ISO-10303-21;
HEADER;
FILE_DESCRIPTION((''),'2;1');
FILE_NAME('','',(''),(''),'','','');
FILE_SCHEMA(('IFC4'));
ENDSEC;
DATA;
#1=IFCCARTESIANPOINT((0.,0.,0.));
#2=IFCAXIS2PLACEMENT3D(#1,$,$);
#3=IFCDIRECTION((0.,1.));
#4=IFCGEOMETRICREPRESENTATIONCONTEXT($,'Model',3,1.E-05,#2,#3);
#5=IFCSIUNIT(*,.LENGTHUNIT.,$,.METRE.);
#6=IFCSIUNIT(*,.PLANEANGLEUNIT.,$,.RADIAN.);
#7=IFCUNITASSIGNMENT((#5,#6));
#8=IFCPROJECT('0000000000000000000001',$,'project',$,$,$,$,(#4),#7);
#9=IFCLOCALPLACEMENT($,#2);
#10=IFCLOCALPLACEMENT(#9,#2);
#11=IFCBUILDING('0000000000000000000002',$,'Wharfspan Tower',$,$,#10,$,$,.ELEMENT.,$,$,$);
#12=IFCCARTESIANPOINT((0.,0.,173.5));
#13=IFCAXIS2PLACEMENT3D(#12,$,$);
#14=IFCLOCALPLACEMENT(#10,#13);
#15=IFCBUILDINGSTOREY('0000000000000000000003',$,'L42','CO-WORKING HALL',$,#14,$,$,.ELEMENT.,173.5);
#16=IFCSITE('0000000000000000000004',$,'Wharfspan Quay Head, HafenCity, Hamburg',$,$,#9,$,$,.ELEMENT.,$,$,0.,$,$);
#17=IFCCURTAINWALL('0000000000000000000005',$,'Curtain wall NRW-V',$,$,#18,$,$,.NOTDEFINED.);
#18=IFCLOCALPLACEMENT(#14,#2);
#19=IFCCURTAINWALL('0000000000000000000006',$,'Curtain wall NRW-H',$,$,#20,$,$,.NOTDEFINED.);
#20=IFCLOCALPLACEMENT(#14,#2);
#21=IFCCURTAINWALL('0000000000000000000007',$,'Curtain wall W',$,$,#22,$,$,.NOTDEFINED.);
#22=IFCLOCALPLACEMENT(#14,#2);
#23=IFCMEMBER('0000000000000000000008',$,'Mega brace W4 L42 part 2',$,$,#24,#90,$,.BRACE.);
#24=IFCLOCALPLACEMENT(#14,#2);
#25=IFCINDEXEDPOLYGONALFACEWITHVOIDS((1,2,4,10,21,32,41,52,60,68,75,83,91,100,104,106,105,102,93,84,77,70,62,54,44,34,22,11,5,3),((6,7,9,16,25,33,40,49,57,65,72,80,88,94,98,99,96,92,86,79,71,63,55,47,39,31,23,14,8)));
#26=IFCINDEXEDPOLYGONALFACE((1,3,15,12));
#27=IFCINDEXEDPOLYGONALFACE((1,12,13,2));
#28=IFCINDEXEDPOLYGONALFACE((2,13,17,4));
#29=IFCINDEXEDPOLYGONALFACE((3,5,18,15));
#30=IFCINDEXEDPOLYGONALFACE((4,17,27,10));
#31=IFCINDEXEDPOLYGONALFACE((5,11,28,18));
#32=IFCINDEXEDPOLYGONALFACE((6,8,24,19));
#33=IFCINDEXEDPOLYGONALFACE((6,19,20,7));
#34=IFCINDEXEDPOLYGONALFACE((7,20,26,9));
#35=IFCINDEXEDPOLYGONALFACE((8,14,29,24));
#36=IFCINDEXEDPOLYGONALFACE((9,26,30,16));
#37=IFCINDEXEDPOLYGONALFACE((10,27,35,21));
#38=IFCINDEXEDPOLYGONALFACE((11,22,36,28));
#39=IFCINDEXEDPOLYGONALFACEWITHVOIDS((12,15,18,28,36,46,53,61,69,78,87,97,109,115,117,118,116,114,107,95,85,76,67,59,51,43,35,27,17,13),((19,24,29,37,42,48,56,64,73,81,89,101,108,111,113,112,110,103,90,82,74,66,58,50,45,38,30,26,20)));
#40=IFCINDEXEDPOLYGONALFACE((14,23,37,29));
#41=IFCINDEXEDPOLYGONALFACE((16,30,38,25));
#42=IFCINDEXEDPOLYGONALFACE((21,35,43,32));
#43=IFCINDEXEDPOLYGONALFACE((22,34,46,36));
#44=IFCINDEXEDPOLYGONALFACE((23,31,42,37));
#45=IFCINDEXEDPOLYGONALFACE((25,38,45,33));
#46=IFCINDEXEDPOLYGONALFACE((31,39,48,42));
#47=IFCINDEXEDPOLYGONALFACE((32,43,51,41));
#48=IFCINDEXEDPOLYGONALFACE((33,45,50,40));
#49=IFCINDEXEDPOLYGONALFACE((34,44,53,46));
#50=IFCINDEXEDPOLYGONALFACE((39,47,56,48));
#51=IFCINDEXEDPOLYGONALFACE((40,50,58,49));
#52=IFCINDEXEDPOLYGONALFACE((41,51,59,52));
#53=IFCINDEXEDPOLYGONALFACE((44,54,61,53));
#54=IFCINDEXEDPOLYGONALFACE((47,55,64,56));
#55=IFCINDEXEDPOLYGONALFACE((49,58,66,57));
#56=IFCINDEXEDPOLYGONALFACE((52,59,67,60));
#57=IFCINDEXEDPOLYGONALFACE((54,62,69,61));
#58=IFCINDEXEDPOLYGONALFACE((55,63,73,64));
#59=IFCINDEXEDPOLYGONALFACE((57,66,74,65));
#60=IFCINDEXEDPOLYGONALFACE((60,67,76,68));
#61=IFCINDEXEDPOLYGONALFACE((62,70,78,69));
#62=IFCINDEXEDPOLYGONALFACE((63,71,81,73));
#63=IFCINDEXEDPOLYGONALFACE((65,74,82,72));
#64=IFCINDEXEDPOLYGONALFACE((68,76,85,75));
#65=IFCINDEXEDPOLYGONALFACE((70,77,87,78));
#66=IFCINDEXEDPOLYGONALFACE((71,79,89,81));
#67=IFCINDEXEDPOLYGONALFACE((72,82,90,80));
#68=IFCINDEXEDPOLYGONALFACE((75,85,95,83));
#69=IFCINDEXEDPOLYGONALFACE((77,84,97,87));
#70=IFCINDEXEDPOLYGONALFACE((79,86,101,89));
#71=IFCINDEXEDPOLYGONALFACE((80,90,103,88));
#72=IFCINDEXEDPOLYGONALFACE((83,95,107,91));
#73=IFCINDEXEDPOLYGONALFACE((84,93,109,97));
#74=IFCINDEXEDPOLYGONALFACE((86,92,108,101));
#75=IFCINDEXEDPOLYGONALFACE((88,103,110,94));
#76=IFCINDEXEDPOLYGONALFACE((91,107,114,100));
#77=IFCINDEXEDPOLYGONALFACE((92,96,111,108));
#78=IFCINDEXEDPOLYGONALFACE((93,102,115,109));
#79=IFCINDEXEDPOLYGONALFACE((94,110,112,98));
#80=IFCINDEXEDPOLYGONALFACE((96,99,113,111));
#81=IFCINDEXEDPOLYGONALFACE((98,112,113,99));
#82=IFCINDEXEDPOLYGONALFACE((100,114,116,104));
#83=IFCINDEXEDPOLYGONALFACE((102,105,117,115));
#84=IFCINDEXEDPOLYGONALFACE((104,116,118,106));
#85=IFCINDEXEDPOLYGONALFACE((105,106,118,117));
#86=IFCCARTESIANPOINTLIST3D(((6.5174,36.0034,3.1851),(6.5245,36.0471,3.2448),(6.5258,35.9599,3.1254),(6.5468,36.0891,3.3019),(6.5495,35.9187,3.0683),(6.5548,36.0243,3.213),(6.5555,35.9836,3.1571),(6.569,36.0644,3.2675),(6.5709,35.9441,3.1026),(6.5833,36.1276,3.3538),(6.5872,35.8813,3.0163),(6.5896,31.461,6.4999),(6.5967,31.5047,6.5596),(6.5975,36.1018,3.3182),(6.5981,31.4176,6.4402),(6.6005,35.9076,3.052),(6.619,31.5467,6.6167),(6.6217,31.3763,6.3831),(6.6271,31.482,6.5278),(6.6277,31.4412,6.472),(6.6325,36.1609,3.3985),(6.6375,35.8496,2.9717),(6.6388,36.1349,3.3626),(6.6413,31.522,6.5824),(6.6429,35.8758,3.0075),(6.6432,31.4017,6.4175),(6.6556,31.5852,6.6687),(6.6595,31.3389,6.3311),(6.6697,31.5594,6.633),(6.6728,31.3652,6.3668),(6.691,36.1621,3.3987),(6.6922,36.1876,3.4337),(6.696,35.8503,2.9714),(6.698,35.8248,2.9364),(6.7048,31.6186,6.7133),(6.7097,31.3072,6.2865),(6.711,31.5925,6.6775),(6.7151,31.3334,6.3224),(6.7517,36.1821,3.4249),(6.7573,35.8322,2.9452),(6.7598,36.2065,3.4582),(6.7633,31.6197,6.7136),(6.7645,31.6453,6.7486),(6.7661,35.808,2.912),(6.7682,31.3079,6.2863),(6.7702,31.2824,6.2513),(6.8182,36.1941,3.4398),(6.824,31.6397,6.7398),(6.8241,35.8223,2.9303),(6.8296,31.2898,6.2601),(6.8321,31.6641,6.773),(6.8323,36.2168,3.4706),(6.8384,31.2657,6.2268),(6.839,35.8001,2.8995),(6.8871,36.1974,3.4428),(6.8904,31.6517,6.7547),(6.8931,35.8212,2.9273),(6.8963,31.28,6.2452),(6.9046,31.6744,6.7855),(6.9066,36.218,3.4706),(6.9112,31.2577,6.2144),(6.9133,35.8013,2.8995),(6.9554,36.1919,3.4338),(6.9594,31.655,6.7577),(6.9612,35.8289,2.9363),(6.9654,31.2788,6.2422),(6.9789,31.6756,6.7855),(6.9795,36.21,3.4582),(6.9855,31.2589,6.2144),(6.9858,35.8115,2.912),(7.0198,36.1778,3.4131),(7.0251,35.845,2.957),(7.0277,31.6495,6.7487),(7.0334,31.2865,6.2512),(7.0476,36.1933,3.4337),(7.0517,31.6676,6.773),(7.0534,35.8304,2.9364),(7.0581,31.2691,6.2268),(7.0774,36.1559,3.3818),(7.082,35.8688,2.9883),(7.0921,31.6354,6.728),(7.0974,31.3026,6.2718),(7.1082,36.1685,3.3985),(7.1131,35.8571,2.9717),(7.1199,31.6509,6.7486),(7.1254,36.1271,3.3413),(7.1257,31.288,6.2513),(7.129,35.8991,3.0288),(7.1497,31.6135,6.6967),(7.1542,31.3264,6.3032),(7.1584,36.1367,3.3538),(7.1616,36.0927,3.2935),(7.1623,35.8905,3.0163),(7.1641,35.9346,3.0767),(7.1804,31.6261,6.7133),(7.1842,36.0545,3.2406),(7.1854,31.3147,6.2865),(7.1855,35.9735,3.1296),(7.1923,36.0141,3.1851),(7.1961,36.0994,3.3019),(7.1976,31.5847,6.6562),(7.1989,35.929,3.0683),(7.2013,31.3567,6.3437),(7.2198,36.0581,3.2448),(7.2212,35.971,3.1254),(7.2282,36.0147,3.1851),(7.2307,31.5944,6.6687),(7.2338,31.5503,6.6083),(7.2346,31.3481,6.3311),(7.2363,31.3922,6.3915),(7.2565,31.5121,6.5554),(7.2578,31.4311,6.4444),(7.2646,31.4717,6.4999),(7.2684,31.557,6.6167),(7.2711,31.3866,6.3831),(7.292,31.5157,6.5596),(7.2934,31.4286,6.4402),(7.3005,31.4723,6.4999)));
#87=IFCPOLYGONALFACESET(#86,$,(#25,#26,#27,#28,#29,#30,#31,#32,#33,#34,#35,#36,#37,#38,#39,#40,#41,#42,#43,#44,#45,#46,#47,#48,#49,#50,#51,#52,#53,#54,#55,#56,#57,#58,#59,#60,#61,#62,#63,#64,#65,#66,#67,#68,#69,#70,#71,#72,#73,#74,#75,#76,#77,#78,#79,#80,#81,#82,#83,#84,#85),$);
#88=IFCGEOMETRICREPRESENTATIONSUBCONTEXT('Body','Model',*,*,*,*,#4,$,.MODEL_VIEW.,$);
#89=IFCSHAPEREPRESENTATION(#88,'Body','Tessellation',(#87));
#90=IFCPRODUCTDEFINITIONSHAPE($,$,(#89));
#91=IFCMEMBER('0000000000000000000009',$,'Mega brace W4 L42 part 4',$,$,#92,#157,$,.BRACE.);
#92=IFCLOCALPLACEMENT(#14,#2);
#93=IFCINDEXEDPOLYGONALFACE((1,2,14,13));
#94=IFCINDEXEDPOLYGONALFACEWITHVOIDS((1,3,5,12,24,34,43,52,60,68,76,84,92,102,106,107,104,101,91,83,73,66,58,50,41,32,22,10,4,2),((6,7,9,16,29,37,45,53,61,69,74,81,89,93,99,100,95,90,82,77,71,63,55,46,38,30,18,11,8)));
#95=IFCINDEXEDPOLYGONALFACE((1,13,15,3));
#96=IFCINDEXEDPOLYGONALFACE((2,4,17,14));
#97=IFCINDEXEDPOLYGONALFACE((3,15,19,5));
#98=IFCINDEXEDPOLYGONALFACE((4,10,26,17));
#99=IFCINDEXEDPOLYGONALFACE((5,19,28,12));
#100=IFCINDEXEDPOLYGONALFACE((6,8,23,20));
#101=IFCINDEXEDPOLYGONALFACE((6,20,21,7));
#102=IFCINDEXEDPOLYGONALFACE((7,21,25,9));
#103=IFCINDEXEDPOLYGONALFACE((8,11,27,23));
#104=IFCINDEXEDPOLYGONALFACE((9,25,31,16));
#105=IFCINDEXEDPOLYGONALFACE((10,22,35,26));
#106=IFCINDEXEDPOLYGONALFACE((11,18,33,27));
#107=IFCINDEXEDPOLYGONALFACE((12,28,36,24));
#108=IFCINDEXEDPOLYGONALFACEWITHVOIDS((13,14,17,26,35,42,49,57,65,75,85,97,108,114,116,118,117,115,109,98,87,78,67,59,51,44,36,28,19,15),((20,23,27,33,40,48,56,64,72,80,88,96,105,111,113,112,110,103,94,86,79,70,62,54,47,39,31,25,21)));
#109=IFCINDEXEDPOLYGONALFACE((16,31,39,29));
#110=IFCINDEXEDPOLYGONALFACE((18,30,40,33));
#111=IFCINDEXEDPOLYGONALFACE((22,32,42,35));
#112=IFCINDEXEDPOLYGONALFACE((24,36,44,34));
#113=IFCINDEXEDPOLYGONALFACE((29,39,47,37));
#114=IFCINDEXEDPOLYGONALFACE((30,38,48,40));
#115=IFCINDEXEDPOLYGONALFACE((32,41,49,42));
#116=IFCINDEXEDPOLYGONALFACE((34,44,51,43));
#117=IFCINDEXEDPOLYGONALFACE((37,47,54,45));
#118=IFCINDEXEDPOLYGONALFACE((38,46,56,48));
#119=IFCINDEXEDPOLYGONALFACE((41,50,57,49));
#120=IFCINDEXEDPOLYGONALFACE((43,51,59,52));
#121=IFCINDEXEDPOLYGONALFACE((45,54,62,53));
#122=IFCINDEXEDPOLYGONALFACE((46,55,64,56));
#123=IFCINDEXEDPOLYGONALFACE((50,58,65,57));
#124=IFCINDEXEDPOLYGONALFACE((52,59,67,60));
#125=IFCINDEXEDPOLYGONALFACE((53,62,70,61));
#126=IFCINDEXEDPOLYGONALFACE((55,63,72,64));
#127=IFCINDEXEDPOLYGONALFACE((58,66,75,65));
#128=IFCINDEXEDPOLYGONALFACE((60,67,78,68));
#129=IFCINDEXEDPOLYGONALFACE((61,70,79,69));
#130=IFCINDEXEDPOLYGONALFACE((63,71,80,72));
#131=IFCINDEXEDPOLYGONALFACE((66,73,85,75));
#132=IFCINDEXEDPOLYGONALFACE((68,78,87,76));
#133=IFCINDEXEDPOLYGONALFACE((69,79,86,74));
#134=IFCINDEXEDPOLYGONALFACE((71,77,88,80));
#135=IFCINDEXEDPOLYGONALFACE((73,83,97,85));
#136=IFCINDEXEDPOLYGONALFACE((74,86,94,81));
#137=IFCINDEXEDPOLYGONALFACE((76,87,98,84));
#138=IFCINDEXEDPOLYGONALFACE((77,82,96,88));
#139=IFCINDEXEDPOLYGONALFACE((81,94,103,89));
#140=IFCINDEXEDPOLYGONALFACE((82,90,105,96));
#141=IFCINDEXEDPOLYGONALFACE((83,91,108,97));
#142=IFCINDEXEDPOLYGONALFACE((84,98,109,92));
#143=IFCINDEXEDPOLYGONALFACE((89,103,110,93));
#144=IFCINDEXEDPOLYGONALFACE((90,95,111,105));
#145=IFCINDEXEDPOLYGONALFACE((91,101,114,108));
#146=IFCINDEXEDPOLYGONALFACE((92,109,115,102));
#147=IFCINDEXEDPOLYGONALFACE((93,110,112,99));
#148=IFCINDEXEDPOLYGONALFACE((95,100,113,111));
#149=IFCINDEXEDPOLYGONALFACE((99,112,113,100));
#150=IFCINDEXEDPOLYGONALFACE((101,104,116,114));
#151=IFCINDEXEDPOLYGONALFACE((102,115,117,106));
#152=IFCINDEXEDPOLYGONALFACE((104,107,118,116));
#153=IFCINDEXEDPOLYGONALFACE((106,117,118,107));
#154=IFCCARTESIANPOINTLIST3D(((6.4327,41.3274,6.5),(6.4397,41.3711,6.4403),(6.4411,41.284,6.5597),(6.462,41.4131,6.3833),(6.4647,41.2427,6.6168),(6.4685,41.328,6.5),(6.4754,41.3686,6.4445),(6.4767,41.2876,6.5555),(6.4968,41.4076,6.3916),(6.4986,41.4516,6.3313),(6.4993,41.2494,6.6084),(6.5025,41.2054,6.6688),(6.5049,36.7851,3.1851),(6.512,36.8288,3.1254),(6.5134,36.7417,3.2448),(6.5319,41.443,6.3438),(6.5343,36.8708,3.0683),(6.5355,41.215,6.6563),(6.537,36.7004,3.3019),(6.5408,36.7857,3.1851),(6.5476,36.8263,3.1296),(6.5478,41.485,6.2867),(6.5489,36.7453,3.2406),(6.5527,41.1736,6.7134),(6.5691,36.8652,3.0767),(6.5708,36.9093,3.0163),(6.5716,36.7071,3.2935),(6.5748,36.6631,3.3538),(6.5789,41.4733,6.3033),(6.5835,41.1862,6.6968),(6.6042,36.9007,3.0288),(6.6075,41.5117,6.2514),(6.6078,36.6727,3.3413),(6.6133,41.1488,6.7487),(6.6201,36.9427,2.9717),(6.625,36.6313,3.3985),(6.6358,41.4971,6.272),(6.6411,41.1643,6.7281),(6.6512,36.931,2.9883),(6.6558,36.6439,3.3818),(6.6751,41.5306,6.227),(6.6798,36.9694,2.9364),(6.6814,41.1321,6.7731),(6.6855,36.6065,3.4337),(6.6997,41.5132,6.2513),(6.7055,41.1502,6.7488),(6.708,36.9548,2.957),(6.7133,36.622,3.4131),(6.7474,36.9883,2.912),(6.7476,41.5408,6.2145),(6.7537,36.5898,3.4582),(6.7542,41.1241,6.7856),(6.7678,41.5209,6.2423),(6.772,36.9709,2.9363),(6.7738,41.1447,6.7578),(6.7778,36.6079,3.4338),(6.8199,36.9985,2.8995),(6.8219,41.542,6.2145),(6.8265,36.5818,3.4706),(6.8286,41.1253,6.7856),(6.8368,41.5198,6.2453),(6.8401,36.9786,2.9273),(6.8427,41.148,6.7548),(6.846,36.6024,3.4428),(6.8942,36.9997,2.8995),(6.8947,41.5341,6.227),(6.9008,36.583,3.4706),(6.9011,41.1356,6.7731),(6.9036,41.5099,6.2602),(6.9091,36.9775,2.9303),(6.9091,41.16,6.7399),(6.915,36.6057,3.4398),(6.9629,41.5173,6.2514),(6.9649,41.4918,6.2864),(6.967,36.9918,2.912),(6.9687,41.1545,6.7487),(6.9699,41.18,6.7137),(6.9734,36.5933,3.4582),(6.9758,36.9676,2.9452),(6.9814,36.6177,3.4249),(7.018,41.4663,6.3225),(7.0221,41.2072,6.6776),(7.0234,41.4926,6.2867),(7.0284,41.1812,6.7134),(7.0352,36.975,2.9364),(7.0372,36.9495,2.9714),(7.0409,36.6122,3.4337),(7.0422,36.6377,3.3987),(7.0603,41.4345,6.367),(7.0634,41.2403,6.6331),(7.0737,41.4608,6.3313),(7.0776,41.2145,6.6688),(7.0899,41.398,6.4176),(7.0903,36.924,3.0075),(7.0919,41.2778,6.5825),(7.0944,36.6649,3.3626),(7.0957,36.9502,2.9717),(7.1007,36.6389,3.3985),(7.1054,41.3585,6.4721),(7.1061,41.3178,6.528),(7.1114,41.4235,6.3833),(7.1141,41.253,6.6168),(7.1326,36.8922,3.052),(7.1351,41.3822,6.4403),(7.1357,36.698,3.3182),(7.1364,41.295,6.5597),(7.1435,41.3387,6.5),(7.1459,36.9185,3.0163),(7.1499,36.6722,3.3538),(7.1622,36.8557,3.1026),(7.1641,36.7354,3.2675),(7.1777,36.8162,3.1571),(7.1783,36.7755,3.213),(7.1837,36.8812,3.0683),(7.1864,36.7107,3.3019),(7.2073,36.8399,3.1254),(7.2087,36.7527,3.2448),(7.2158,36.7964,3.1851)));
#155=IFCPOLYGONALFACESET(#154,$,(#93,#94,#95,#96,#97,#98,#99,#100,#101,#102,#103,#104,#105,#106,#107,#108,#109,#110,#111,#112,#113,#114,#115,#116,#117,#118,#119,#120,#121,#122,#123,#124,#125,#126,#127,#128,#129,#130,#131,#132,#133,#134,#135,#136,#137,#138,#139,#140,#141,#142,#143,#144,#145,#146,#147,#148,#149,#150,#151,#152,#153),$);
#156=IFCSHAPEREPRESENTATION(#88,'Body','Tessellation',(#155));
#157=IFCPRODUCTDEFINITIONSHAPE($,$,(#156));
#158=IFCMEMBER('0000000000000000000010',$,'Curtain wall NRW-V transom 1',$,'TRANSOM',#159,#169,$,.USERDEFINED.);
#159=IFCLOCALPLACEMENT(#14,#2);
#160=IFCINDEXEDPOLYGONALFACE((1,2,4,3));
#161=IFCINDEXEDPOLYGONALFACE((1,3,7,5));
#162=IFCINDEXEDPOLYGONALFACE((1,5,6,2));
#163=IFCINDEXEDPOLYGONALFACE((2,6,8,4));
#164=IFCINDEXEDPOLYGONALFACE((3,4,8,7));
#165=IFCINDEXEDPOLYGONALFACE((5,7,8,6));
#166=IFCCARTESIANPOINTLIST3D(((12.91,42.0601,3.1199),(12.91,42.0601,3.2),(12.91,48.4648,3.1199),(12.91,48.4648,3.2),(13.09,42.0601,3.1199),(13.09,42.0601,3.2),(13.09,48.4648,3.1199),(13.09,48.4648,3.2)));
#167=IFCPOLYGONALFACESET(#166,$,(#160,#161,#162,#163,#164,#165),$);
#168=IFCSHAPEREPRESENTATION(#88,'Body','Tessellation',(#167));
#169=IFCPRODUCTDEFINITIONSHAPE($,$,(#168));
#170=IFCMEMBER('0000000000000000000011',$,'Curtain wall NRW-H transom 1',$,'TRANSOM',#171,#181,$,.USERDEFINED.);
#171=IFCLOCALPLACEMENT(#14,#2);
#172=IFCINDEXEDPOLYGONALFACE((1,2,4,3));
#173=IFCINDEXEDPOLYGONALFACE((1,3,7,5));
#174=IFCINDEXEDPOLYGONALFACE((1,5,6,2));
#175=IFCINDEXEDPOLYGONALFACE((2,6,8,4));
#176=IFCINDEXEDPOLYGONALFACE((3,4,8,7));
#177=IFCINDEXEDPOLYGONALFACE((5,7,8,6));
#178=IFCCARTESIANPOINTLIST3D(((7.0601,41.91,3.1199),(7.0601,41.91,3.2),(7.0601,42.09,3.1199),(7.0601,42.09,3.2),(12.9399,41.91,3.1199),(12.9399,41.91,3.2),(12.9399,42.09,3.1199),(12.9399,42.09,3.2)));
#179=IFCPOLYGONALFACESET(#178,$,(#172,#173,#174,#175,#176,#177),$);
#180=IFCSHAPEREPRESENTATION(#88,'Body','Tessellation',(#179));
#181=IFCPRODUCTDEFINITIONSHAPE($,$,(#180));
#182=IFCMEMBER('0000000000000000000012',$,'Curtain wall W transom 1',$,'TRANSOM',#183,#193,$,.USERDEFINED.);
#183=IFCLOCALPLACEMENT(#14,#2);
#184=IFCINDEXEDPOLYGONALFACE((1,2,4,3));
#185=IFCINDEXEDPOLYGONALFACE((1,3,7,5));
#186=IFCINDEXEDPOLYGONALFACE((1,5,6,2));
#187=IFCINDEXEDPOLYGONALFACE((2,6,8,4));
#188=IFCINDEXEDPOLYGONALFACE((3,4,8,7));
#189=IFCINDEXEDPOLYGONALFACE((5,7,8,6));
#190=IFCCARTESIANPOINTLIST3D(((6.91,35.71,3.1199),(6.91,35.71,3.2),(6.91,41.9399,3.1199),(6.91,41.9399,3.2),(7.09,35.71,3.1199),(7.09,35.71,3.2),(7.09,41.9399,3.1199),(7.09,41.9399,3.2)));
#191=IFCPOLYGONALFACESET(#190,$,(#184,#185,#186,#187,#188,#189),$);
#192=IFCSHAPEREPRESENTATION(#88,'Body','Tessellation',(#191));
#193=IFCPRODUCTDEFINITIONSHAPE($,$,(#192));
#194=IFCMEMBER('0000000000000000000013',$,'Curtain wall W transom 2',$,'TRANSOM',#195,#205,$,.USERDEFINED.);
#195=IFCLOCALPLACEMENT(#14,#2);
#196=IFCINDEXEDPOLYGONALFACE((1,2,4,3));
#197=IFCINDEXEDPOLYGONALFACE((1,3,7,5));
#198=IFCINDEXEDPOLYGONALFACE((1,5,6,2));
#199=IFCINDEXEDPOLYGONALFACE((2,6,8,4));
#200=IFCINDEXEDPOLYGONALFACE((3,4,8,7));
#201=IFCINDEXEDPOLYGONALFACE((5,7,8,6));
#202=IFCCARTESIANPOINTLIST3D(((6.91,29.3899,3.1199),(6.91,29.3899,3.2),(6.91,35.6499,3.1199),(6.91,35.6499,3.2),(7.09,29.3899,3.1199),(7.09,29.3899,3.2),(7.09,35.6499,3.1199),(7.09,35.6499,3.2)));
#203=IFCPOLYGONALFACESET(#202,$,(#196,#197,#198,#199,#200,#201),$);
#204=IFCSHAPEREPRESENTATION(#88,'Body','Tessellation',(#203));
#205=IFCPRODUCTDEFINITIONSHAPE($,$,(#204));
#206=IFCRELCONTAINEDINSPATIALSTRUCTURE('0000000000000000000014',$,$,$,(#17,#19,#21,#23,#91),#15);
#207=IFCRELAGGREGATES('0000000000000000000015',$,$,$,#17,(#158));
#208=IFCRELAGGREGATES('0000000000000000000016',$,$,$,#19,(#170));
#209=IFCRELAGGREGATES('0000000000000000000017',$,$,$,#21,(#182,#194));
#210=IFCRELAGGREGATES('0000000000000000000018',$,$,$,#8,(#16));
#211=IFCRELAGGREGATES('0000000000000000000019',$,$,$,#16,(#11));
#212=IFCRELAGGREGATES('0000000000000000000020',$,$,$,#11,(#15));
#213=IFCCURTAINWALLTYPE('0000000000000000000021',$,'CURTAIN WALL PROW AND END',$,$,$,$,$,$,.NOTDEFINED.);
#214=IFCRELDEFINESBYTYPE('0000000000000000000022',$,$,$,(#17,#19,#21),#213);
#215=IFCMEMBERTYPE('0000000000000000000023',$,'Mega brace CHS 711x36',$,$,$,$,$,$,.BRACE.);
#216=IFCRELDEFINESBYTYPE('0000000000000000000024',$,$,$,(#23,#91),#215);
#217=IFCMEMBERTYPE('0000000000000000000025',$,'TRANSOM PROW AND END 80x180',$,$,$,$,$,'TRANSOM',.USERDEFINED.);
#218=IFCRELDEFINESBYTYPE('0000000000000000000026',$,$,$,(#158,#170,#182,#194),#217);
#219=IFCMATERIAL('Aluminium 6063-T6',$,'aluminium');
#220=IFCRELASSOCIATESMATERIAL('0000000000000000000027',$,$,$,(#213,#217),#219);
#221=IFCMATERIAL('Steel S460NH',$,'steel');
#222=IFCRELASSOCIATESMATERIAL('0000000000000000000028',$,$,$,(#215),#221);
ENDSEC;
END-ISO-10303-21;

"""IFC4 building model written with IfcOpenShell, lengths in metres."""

from ifc_helpers import new_model, si_unit, direction, frame, origin, origin_2d, place, context, subcontext, project, spatial, rectangle, hollow_circle, extrude, material, material_profile, profile_set, type_object, element, aggregate, save


model = new_model("IFC4")

# Units and contexts
model_context = context("Model", 3, precision=1e-05, world=origin(), true_north=direction((0.0, 1.0)))
body_context = subcontext(model_context, "Body", "Model", "MODEL_VIEW")
ifc_project = project(units=[si_unit("LENGTHUNIT", "METRE"), si_unit("PLANEANGLEUNIT", "RADIAN")], contexts=[model_context])

# Site, building, storey
site_placement = place(None, origin())
site = spatial("IfcSite", under=ifc_project, at=site_placement, Name="Wharfspan Quay Head, HafenCity, Hamburg", CompositionType="ELEMENT", RefElevation=0.0)
building_placement = place(site_placement, origin())
building = spatial("IfcBuilding", under=site, at=building_placement, Name="Wharfspan Tower", CompositionType="ELEMENT")
storey_placement = place(building_placement, frame((0.0, 0.0, 173.5)))
storey = spatial("IfcBuildingStorey", under=building, at=storey_placement, Name="L42", Description="CO-WORKING HALL", CompositionType="ELEMENT", Elevation=173.5)

# Curtain walls
ifc_material_1 = material(Name="Aluminium 6063-T6", Category="aluminium")
curtain_wall_type = type_object("IfcCurtainWallType", Name="CURTAIN WALL PROW AND END", PredefinedType="NOTDEFINED", material=ifc_material_1)
curtain_wall_1_placement = place(storey_placement, origin())
curtain_wall_1 = element("IfcCurtainWall", 1, at=curtain_wall_1_placement, inside=storey, type_object=curtain_wall_type, Name="Curtain wall NRW-V", PredefinedType="NOTDEFINED")
curtain_wall_2_placement = place(storey_placement, origin())
curtain_wall_2 = element("IfcCurtainWall", 2, at=curtain_wall_2_placement, inside=storey, type_object=curtain_wall_type, Name="Curtain wall NRW-H", PredefinedType="NOTDEFINED")
curtain_wall_3_placement = place(storey_placement, origin())
curtain_wall_3 = element("IfcCurtainWall", 3, at=curtain_wall_3_placement, inside=storey, type_object=curtain_wall_type, Name="Curtain wall W", PredefinedType="NOTDEFINED")

# Members
ifc_material_2 = material(Name="Steel S460NH", Category="steel")
ifc_material_profile_1 = material_profile(ifc_material_2, hollow_circle(Radius=0.3555, WallThickness=0.0359, at=origin_2d()))
ifc_profile_set_1 = profile_set([ifc_material_profile_1], Name="Steel S460NH")
member_type_1 = type_object("IfcMemberType", Name="Mega brace CHS 711x36", PredefinedType="BRACE", material=ifc_profile_set_1)
for number, where, z_axis, x_axis, name in (
    (4, (6.8728, 36.009, 3.1851), (0.01285, -0.807711, 0.589439), (0.999876, 0.015905, -0.000003), "Mega brace W4 L42 part 2"),
    (5, (6.8604, 36.7908, 3.1851), (-0.01285, 0.807696, 0.589459), (-0.999875, -0.015906, -0.000002), "Mega brace W4 L42 part 4"),
):
    element("IfcMember", number, at=place(storey_placement, frame(where, z_axis=z_axis, x_axis=x_axis)), inside=storey, type_object=member_type_1, Name=name, PredefinedType="BRACE", context=body_context, shape_type="SweptSolid", body=[
        extrude(hollow_circle(Radius=0.3555, WallThickness=0.0359, at=origin_2d()), origin(), (0.0, 0.0, 1.0), 5.6238),
    ])

# Members
ifc_material_profile_2 = material_profile(ifc_material_1, rectangle(XDim=0.1799, YDim=0.0801, at=origin_2d()))
ifc_profile_set_2 = profile_set([ifc_material_profile_2], Name="Aluminium 6063-T6")
member_type_2 = type_object("IfcMemberType", Name="TRANSOM PROW AND END 80x180", ElementType="TRANSOM", PredefinedType="USERDEFINED", material=ifc_profile_set_2)
member_1_placement = place(storey_placement, frame((13.0, 48.4648, 3.1599), z_axis=(0.0, -1.0, 0.0), x_axis=(1.0, 0.0, 0.0)))
member_1 = element("IfcMember", 6, at=member_1_placement, type_object=member_type_2, Name="Curtain wall NRW-V transom 1", ObjectType="TRANSOM", PredefinedType="USERDEFINED", context=body_context, shape_type="SweptSolid", body=[
    extrude(rectangle(XDim=0.1799, YDim=0.0801, at=origin_2d()), origin(), (0.0, 0.0, 1.0), 6.4048),
])
member_2_placement = place(storey_placement, frame((12.9399, 42.0, 3.1599), z_axis=(-1.0, 0.0, 0.0), x_axis=(0.0, -1.0, 0.0)))
member_2 = element("IfcMember", 7, at=member_2_placement, type_object=member_type_2, Name="Curtain wall NRW-H transom 1", ObjectType="TRANSOM", PredefinedType="USERDEFINED", context=body_context, shape_type="SweptSolid", body=[
    extrude(rectangle(XDim=0.1799, YDim=0.0801, at=origin_2d()), origin(), (0.0, 0.0, 1.0), 5.8799),
])
member_3_placement = place(storey_placement, frame((7.0, 41.9399, 3.1599), z_axis=(0.0, -1.0, 0.0), x_axis=(1.0, 0.0, 0.0)))
member_3 = element("IfcMember", 8, at=member_3_placement, type_object=member_type_2, Name="Curtain wall W transom 1", ObjectType="TRANSOM", PredefinedType="USERDEFINED", context=body_context, shape_type="SweptSolid", body=[
    extrude(rectangle(XDim=0.1799, YDim=0.0801, at=origin_2d()), origin(), (0.0, 0.0, 1.0), 6.23),
])
member_4_placement = place(storey_placement, frame((7.0, 35.6499, 3.1599), z_axis=(0.0, -1.0, 0.0), x_axis=(1.0, 0.0, 0.0)))
member_4 = element("IfcMember", 9, at=member_4_placement, type_object=member_type_2, Name="Curtain wall W transom 2", ObjectType="TRANSOM", PredefinedType="USERDEFINED", context=body_context, shape_type="SweptSolid", body=[
    extrude(rectangle(XDim=0.1799, YDim=0.0801, at=origin_2d()), origin(), (0.0, 0.0, 1.0), 6.26),
])

aggregate(curtain_wall_1, [member_1])
aggregate(curtain_wall_2, [member_2])
aggregate(curtain_wall_3, [member_3, member_4])

save(model, "model.ifc")
